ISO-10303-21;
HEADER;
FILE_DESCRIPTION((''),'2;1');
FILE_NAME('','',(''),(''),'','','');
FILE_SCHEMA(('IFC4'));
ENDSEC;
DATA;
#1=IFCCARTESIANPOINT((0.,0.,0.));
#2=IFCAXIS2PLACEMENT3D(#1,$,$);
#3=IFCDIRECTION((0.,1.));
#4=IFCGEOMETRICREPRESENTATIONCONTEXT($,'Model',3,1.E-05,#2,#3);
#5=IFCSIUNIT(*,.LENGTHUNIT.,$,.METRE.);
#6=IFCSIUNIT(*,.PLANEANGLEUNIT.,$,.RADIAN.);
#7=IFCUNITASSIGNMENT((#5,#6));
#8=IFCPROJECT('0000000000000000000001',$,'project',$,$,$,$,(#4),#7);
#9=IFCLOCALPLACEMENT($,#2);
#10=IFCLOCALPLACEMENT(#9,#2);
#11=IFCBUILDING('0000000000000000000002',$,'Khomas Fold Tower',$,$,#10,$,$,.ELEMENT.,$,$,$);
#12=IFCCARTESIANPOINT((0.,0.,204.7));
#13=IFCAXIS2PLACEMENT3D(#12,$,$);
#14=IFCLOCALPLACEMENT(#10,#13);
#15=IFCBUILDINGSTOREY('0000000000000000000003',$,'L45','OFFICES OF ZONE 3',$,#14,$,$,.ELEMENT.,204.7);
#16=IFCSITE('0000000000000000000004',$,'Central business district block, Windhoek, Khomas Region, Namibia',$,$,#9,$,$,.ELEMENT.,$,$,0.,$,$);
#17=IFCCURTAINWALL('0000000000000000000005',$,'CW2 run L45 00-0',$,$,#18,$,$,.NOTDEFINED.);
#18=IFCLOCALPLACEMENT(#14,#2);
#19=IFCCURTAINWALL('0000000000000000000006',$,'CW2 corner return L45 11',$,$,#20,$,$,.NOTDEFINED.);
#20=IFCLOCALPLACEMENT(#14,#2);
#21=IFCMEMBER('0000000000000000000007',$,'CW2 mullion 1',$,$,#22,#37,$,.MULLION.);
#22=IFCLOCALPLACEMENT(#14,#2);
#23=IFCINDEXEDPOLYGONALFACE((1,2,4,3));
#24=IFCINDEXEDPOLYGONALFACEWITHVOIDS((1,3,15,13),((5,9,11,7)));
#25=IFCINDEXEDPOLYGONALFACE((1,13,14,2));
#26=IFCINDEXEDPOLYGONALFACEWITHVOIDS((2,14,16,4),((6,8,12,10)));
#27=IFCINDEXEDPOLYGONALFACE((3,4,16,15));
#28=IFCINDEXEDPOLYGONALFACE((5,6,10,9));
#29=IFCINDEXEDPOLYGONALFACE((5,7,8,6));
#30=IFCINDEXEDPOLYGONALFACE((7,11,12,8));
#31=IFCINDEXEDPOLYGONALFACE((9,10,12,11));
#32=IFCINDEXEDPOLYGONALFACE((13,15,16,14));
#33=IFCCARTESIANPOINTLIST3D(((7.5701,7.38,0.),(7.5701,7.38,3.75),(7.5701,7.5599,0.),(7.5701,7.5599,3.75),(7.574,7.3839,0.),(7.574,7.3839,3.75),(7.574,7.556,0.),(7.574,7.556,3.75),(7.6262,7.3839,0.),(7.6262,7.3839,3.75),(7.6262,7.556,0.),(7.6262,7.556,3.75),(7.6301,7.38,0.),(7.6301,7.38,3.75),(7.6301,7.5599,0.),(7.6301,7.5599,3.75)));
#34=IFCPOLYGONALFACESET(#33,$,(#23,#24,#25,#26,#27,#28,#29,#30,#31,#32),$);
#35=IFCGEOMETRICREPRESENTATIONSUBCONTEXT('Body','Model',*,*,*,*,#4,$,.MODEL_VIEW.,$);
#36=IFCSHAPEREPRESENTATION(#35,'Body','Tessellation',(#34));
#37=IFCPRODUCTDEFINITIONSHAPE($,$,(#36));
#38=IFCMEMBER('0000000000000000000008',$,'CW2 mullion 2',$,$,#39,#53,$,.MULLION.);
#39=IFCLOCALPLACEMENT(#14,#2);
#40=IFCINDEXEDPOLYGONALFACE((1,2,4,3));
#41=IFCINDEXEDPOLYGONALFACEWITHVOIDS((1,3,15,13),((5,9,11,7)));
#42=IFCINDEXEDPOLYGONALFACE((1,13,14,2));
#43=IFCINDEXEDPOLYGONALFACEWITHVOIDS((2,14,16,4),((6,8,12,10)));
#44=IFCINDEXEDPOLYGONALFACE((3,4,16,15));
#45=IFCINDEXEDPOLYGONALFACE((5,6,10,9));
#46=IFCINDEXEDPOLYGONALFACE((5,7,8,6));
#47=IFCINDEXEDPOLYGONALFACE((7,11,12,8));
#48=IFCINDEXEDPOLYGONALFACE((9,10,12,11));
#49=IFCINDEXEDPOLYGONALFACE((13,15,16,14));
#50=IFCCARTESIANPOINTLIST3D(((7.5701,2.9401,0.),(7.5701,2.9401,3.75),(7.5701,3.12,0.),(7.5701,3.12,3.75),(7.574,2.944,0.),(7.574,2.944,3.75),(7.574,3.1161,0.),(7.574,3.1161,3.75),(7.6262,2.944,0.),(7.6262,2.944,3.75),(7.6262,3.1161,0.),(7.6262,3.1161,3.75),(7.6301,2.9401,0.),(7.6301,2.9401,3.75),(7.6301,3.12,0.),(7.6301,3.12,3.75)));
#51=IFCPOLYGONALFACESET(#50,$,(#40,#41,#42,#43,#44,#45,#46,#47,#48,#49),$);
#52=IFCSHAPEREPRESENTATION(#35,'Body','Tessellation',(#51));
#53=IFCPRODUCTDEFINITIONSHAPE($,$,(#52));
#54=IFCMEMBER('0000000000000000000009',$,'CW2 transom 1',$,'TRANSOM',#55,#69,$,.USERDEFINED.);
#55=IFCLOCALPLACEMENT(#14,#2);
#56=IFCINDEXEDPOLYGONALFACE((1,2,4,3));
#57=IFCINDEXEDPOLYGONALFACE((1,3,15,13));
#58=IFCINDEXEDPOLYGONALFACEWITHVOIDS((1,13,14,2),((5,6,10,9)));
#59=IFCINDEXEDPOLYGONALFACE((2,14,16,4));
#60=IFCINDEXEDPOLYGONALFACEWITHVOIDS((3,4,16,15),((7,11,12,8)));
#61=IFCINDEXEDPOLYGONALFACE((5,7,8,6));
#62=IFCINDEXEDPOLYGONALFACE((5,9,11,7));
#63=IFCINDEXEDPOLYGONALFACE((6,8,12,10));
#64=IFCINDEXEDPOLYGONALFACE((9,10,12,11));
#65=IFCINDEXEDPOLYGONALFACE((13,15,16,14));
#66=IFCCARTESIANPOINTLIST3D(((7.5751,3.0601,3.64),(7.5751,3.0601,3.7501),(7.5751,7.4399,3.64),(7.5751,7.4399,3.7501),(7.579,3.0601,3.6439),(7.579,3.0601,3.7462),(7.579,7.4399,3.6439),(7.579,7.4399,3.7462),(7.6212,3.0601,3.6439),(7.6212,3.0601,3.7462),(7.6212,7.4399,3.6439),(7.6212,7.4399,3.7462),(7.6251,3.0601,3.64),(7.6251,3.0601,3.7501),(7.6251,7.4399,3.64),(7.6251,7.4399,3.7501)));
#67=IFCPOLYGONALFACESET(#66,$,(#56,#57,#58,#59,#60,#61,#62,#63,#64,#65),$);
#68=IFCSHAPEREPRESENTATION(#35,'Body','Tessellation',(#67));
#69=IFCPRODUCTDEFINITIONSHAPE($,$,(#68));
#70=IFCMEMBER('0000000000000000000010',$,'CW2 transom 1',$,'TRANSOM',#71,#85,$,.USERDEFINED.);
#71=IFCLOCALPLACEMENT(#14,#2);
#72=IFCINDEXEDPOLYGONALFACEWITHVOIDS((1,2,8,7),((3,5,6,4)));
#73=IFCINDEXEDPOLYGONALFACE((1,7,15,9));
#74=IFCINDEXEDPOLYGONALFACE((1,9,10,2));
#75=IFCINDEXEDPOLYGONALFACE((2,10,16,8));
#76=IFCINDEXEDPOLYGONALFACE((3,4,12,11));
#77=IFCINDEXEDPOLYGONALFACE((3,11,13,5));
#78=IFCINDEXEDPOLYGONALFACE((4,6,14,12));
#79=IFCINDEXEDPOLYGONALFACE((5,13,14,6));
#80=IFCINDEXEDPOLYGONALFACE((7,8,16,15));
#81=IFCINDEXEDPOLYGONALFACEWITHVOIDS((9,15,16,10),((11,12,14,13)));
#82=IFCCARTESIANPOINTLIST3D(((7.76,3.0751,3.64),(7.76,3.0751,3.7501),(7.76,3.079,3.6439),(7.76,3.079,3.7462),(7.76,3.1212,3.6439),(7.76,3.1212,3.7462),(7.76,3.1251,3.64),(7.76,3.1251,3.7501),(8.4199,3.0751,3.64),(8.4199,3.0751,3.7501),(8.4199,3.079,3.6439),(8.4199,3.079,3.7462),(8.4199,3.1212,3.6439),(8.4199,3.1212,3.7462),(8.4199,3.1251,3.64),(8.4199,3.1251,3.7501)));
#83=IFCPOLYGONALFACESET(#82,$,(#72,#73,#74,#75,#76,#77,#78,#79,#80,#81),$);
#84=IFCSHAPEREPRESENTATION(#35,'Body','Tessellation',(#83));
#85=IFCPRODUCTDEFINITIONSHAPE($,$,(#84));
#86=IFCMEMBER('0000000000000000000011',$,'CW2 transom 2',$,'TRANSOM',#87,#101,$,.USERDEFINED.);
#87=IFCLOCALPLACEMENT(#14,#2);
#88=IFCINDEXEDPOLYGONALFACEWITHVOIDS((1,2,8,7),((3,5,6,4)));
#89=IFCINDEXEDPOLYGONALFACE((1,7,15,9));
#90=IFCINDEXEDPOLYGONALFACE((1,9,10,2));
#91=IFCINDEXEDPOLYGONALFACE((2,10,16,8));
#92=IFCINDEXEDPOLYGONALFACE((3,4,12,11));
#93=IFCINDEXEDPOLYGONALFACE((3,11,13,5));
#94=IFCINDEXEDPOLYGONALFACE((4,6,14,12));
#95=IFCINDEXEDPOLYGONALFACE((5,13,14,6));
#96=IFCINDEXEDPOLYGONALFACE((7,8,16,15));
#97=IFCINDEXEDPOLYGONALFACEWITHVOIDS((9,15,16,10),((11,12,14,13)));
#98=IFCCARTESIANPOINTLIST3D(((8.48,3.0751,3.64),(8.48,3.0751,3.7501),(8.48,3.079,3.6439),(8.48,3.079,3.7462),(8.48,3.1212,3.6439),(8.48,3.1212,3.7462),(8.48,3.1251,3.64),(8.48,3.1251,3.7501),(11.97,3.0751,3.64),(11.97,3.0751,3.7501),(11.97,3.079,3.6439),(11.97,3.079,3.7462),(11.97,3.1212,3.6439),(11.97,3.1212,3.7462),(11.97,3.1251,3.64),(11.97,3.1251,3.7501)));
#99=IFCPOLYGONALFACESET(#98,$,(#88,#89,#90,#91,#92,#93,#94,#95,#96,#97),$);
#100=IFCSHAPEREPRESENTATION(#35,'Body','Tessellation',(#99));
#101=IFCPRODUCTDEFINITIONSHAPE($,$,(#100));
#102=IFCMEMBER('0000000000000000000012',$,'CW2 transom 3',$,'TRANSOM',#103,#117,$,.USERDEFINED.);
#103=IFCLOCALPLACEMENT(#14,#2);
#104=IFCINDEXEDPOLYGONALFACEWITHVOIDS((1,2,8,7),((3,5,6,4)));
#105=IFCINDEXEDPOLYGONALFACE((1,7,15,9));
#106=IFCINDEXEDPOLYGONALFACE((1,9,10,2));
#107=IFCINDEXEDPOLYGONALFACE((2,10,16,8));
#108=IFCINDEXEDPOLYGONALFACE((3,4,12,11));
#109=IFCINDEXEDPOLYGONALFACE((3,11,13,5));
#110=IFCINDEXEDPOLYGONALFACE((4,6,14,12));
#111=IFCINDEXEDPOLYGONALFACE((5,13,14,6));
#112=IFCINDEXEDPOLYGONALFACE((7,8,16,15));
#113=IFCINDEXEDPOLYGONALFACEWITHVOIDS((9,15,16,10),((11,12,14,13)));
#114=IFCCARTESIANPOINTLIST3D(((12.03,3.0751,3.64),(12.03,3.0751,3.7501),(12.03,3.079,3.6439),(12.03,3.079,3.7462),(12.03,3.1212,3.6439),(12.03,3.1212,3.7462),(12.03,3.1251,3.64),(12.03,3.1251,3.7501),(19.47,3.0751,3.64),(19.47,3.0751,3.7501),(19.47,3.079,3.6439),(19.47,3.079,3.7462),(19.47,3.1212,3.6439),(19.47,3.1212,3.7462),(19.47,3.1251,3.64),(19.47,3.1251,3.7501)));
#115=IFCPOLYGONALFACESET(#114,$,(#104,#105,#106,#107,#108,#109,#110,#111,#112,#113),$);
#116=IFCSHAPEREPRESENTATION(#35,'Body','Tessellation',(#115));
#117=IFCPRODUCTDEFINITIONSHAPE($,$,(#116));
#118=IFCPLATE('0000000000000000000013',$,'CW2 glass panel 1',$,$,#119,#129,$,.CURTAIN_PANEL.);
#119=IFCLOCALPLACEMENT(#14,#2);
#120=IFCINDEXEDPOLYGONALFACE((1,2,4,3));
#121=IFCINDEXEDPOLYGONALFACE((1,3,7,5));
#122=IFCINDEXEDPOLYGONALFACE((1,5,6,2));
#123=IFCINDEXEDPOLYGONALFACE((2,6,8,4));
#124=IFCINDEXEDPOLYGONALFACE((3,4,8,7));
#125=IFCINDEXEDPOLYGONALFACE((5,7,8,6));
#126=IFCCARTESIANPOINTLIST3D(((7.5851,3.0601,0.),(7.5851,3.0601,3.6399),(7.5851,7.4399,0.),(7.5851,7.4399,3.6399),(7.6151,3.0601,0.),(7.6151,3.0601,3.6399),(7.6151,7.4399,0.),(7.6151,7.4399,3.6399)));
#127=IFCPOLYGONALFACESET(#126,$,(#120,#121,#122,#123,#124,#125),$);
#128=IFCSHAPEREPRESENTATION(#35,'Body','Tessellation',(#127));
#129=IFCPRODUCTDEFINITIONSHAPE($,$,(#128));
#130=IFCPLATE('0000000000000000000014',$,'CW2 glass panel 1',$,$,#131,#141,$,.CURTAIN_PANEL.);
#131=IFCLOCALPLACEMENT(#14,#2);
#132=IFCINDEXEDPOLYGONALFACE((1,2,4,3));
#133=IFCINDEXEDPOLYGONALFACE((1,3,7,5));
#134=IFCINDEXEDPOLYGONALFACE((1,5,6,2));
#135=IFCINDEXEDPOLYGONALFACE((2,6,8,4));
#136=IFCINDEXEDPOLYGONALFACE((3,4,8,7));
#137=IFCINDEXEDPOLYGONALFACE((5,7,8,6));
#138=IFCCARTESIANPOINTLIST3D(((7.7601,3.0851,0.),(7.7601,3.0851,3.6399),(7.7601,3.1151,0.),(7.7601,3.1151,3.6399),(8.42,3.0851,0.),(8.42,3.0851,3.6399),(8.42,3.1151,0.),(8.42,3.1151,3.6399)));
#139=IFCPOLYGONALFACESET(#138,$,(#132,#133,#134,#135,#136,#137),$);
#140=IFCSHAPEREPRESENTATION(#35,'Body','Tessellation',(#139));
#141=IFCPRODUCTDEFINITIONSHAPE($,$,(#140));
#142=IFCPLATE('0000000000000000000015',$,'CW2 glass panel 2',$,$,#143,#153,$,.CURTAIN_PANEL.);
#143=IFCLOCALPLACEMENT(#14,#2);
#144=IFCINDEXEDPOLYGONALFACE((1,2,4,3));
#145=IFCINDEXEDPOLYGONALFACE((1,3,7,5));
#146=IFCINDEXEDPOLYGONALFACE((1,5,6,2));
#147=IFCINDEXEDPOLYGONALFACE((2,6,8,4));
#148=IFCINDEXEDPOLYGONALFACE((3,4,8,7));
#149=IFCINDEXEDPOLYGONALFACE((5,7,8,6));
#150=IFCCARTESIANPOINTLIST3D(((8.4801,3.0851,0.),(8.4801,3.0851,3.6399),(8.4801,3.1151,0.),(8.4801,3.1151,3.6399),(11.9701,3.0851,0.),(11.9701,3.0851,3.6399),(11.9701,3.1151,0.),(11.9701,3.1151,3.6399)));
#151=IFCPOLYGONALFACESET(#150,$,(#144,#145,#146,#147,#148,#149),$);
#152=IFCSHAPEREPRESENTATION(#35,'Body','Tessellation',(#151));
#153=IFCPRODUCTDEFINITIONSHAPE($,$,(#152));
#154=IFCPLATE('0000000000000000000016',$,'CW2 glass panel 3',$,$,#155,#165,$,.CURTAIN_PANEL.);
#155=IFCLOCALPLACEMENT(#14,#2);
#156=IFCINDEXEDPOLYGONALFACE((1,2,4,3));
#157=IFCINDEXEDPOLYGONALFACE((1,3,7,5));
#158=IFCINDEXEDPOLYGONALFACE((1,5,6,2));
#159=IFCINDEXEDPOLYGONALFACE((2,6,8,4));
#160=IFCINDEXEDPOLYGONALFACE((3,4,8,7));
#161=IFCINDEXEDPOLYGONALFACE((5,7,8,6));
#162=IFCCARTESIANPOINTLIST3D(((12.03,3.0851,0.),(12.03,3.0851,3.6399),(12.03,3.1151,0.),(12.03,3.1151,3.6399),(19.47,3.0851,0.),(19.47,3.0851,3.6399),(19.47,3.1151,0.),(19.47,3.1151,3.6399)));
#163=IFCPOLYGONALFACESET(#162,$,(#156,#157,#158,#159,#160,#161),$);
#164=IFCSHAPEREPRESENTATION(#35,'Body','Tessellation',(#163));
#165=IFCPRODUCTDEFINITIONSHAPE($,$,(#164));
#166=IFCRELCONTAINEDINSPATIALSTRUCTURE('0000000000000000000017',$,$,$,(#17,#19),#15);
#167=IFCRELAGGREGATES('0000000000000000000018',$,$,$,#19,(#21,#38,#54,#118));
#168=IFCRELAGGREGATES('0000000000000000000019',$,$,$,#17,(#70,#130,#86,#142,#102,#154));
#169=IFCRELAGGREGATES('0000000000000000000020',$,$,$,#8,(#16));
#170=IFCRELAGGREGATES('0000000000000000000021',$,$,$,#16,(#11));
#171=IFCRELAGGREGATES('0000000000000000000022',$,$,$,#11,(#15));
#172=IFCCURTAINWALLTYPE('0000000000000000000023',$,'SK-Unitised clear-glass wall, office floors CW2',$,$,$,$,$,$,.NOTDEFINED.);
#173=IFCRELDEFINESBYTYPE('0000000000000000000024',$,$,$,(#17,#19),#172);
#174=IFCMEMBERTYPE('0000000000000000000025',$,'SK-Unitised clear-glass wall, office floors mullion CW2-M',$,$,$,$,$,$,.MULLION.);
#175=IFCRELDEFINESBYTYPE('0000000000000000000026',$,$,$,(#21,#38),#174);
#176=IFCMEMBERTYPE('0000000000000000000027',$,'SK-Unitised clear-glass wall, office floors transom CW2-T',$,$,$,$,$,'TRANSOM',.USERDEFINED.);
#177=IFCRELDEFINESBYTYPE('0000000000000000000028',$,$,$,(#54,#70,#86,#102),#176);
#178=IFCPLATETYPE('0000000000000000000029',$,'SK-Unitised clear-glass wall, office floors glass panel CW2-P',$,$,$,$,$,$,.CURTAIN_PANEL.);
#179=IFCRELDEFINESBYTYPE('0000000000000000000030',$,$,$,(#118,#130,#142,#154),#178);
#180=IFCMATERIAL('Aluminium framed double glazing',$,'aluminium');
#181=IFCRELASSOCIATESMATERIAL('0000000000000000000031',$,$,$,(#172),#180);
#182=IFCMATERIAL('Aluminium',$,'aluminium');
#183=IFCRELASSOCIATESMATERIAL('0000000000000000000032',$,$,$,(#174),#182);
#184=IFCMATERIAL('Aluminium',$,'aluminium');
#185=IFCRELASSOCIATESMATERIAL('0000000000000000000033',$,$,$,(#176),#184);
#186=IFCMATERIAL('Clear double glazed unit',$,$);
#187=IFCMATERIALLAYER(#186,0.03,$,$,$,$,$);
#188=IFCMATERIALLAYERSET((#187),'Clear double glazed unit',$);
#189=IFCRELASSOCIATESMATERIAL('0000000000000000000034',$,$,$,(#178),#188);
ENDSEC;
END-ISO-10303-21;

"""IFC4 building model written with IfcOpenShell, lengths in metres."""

from ifc_helpers import new_model, si_unit, direction, frame, origin, origin_2d, place, context, subcontext, project, spatial, rectangle, hollow_rectangle, extrude, source, transform, mapped, material, layer, layer_set, material_profile, profile_set, type_object, element, aggregate, save


model = new_model("IFC4")

# Units and contexts
model_context = context("Model", 3, precision=1e-05, world=origin(), true_north=direction((0.0, 1.0)))
body_context = subcontext(model_context, "Body", "Model", "MODEL_VIEW")
ifc_project = project(units=[si_unit("LENGTHUNIT", "METRE"), si_unit("PLANEANGLEUNIT", "RADIAN")], contexts=[model_context])

# Site, building, storey
site_placement = place(None, origin())
site = spatial("IfcSite", under=ifc_project, at=site_placement, Name="Central business district block, Windhoek, Khomas Region, Namibia", CompositionType="ELEMENT", RefElevation=0.0)
building_placement = place(site_placement, origin())
building = spatial("IfcBuilding", under=site, at=building_placement, Name="Khomas Fold Tower", CompositionType="ELEMENT")
storey_placement = place(building_placement, frame((0.0, 0.0, 204.7)))
storey = spatial("IfcBuildingStorey", under=building, at=storey_placement, Name="L45", Description="OFFICES OF ZONE 3", CompositionType="ELEMENT", Elevation=204.7)

# Curtain walls, members
ifc_material_1 = material(Name="Aluminium framed double glazing", Category="aluminium")
curtain_wall_type = type_object("IfcCurtainWallType", Name="SK-Unitised clear-glass wall, office floors CW2", PredefinedType="NOTDEFINED", material=ifc_material_1)
curtain_wall_1_placement = place(storey_placement, origin())
curtain_wall_1 = element("IfcCurtainWall", 1, at=curtain_wall_1_placement, inside=storey, type_object=curtain_wall_type, Name="CW2 run L45 00-0", PredefinedType="NOTDEFINED")
ifc_material_2 = material(Name="Aluminium", Category="aluminium")
ifc_material_profile_1 = material_profile(ifc_material_2, hollow_rectangle(XDim=0.0601, YDim=0.1799, WallThickness=0.0039, at=origin_2d()), Name="SK-Unitised clear-glass wall, office floors mullion CW2-M")
ifc_profile_set_1 = profile_set([ifc_material_profile_1], Name="Aluminium")
member_type_1 = type_object("IfcMemberType", Name="SK-Unitised clear-glass wall, office floors mullion CW2-M", PredefinedType="MULLION", material=ifc_profile_set_1)
shared_shape_1 = source(origin(), body_context, "Body", "SweptSolid", [
    extrude(hollow_rectangle(XDim=0.0601, YDim=0.1799, WallThickness=0.0039, at=origin_2d()), origin(), (0.0, 0.0, 1.0), 3.75),
])
curtain_wall_2_placement = place(storey_placement, origin())
curtain_wall_2 = element("IfcCurtainWall", 2, at=curtain_wall_2_placement, inside=storey, type_object=curtain_wall_type, Name="CW2 corner return L45 11", PredefinedType="NOTDEFINED")
member_1_placement = place(storey_placement, frame((7.6001, 7.47, 0.0), z_axis=(0.0, 0.0, 1.0), x_axis=(1.0, 0.0, 0.0)))
member_1 = element("IfcMember", 3, at=member_1_placement, type_object=member_type_1, Name="CW2 mullion 1", PredefinedType="MULLION", context=body_context, shape_type="MappedRepresentation", body=[
    mapped(shared_shape_1, transform((0.0, 0.0, 0.0))),
])
member_2_placement = place(storey_placement, frame((7.6001, 3.03, 0.0), z_axis=(0.0, 0.0, 1.0), x_axis=(1.0, 0.0, 0.0)))
member_2 = element("IfcMember", 4, at=member_2_placement, type_object=member_type_1, Name="CW2 mullion 2", PredefinedType="MULLION", context=body_context, shape_type="MappedRepresentation", body=[
    mapped(shared_shape_1, transform((0.0, 0.0, 0.0))),
])
ifc_material_3 = material(Name="Aluminium", Category="aluminium")
ifc_material_profile_2 = material_profile(ifc_material_3, hollow_rectangle(XDim=0.05, YDim=0.1101, WallThickness=0.0039, at=origin_2d()), Name="SK-Unitised clear-glass wall, office floors transom CW2-T")
ifc_profile_set_2 = profile_set([ifc_material_profile_2], Name="Aluminium")
member_type_2 = type_object("IfcMemberType", Name="SK-Unitised clear-glass wall, office floors transom CW2-T", ElementType="TRANSOM", PredefinedType="USERDEFINED", material=ifc_profile_set_2)
shared_shape_2 = source(origin(), body_context, "Body", "SweptSolid", [
    extrude(hollow_rectangle(XDim=0.05, YDim=0.1101, WallThickness=0.0039, at=origin_2d()), origin(), (0.0, 0.0, 1.0), 4.3799),
])
member_3_placement = place(storey_placement, frame((7.6001, 7.4399, 3.6951), z_axis=(0.0, -1.0, 0.0), x_axis=(1.0, 0.0, 0.0)))
member_3 = element("IfcMember", 5, at=member_3_placement, type_object=member_type_2, Name="CW2 transom 1", ObjectType="TRANSOM", PredefinedType="USERDEFINED", context=body_context, shape_type="MappedRepresentation", body=[
    mapped(shared_shape_2, transform((0.0, 0.0, 0.0))),
])

# Members
shared_shape_3 = source(origin(), body_context, "Body", "SweptSolid", [
    extrude(hollow_rectangle(XDim=0.05, YDim=0.1101, WallThickness=0.0039, at=origin_2d()), origin(), (0.0, 0.0, 1.0), 0.6599),
])
member_4_placement = place(storey_placement, frame((7.76, 3.1001, 3.6951), z_axis=(1.0, 0.0, 0.0), x_axis=(0.0, 1.0, 0.0)))
member_4 = element("IfcMember", 6, at=member_4_placement, type_object=member_type_2, Name="CW2 transom 1", ObjectType="TRANSOM", PredefinedType="USERDEFINED", context=body_context, shape_type="MappedRepresentation", body=[
    mapped(shared_shape_3, transform((0.0, 0.0, 0.0))),
])
shared_shape_4 = source(origin(), body_context, "Body", "SweptSolid", [
    extrude(hollow_rectangle(XDim=0.05, YDim=0.1101, WallThickness=0.0039, at=origin_2d()), origin(), (0.0, 0.0, 1.0), 3.49),
])
member_5_placement = place(storey_placement, frame((8.48, 3.1001, 3.6951), z_axis=(1.0, 0.0, 0.0), x_axis=(0.0, 1.0, 0.0)))
member_5 = element("IfcMember", 7, at=member_5_placement, type_object=member_type_2, Name="CW2 transom 2", ObjectType="TRANSOM", PredefinedType="USERDEFINED", context=body_context, shape_type="MappedRepresentation", body=[
    mapped(shared_shape_4, transform((0.0, 0.0, 0.0))),
])
shared_shape_5 = source(origin(), body_context, "Body", "SweptSolid", [
    extrude(hollow_rectangle(XDim=0.05, YDim=0.1101, WallThickness=0.0039, at=origin_2d()), origin(), (0.0, 0.0, 1.0), 7.4399),
])
member_6_placement = place(storey_placement, frame((12.03, 3.1001, 3.6951), z_axis=(1.0, 0.0, 0.0), x_axis=(0.0, 1.0, 0.0)))
member_6 = element("IfcMember", 8, at=member_6_placement, type_object=member_type_2, Name="CW2 transom 3", ObjectType="TRANSOM", PredefinedType="USERDEFINED", context=body_context, shape_type="MappedRepresentation", body=[
    mapped(shared_shape_5, transform((0.0, 0.0, 0.0))),
])

# Plates
ifc_material_4 = material(Name="Clear double glazed unit")
ifc_layer_1 = layer(ifc_material_4, 0.03)
ifc_layer_set_1 = layer_set([ifc_layer_1], Name="Clear double glazed unit")
plate_type = type_object("IfcPlateType", Name="SK-Unitised clear-glass wall, office floors glass panel CW2-P", PredefinedType="CURTAIN_PANEL", material=ifc_layer_set_1)
shared_shape_6 = source(origin(), body_context, "Body", "SweptSolid", [
    extrude(rectangle(XDim=4.3799, YDim=0.03, at=origin_2d()), origin(), (0.0, 0.0, 1.0), 3.6399),
])
plate_1_placement = place(storey_placement, frame((7.6001, 5.25, 0.0), z_axis=(0.0, 0.0, 1.0), x_axis=(0.0, -1.0, 0.0)))
plate_1 = element("IfcPlate", 9, at=plate_1_placement, type_object=plate_type, Name="CW2 glass panel 1", PredefinedType="CURTAIN_PANEL", context=body_context, shape_type="MappedRepresentation", body=[
    mapped(shared_shape_6, transform((0.0, 0.0, 0.0))),
])
aggregate(curtain_wall_2, [member_1, member_2, member_3, plate_1])
shared_shape_7 = source(origin(), body_context, "Body", "SweptSolid", [
    extrude(rectangle(XDim=0.6599, YDim=0.03, at=origin_2d()), origin(), (0.0, 0.0, 1.0), 3.6399),
])
plate_2_placement = place(storey_placement, frame((8.0901, 3.1001, 0.0), z_axis=(0.0, 0.0, 1.0), x_axis=(1.0, 0.0, 0.0)))
plate_2 = element("IfcPlate", 10, at=plate_2_placement, type_object=plate_type, Name="CW2 glass panel 1", PredefinedType="CURTAIN_PANEL", context=body_context, shape_type="MappedRepresentation", body=[
    mapped(shared_shape_7, transform((0.0, 0.0, 0.0))),
])
shared_shape_8 = source(origin(), body_context, "Body", "SweptSolid", [
    extrude(rectangle(XDim=3.49, YDim=0.03, at=origin_2d()), origin(), (0.0, 0.0, 1.0), 3.6399),
])
plate_3_placement = place(storey_placement, frame((10.2251, 3.1001, 0.0), z_axis=(0.0, 0.0, 1.0), x_axis=(1.0, 0.0, 0.0)))
plate_3 = element("IfcPlate", 11, at=plate_3_placement, type_object=plate_type, Name="CW2 glass panel 2", PredefinedType="CURTAIN_PANEL", context=body_context, shape_type="MappedRepresentation", body=[
    mapped(shared_shape_8, transform((0.0, 0.0, 0.0))),
])
shared_shape_9 = source(origin(), body_context, "Body", "SweptSolid", [
    extrude(rectangle(XDim=7.4399, YDim=0.03, at=origin_2d()), origin(), (0.0, 0.0, 1.0), 3.6399),
])
plate_4_placement = place(storey_placement, frame((15.75, 3.1001, 0.0), z_axis=(0.0, 0.0, 1.0), x_axis=(1.0, 0.0, 0.0)))
plate_4 = element("IfcPlate", 12, at=plate_4_placement, type_object=plate_type, Name="CW2 glass panel 3", PredefinedType="CURTAIN_PANEL", context=body_context, shape_type="MappedRepresentation", body=[
    mapped(shared_shape_9, transform((0.0, 0.0, 0.0))),
])
aggregate(curtain_wall_1, [member_4, plate_2, member_5, plate_3, member_6, plate_4])

save(model, "model.ifc")
